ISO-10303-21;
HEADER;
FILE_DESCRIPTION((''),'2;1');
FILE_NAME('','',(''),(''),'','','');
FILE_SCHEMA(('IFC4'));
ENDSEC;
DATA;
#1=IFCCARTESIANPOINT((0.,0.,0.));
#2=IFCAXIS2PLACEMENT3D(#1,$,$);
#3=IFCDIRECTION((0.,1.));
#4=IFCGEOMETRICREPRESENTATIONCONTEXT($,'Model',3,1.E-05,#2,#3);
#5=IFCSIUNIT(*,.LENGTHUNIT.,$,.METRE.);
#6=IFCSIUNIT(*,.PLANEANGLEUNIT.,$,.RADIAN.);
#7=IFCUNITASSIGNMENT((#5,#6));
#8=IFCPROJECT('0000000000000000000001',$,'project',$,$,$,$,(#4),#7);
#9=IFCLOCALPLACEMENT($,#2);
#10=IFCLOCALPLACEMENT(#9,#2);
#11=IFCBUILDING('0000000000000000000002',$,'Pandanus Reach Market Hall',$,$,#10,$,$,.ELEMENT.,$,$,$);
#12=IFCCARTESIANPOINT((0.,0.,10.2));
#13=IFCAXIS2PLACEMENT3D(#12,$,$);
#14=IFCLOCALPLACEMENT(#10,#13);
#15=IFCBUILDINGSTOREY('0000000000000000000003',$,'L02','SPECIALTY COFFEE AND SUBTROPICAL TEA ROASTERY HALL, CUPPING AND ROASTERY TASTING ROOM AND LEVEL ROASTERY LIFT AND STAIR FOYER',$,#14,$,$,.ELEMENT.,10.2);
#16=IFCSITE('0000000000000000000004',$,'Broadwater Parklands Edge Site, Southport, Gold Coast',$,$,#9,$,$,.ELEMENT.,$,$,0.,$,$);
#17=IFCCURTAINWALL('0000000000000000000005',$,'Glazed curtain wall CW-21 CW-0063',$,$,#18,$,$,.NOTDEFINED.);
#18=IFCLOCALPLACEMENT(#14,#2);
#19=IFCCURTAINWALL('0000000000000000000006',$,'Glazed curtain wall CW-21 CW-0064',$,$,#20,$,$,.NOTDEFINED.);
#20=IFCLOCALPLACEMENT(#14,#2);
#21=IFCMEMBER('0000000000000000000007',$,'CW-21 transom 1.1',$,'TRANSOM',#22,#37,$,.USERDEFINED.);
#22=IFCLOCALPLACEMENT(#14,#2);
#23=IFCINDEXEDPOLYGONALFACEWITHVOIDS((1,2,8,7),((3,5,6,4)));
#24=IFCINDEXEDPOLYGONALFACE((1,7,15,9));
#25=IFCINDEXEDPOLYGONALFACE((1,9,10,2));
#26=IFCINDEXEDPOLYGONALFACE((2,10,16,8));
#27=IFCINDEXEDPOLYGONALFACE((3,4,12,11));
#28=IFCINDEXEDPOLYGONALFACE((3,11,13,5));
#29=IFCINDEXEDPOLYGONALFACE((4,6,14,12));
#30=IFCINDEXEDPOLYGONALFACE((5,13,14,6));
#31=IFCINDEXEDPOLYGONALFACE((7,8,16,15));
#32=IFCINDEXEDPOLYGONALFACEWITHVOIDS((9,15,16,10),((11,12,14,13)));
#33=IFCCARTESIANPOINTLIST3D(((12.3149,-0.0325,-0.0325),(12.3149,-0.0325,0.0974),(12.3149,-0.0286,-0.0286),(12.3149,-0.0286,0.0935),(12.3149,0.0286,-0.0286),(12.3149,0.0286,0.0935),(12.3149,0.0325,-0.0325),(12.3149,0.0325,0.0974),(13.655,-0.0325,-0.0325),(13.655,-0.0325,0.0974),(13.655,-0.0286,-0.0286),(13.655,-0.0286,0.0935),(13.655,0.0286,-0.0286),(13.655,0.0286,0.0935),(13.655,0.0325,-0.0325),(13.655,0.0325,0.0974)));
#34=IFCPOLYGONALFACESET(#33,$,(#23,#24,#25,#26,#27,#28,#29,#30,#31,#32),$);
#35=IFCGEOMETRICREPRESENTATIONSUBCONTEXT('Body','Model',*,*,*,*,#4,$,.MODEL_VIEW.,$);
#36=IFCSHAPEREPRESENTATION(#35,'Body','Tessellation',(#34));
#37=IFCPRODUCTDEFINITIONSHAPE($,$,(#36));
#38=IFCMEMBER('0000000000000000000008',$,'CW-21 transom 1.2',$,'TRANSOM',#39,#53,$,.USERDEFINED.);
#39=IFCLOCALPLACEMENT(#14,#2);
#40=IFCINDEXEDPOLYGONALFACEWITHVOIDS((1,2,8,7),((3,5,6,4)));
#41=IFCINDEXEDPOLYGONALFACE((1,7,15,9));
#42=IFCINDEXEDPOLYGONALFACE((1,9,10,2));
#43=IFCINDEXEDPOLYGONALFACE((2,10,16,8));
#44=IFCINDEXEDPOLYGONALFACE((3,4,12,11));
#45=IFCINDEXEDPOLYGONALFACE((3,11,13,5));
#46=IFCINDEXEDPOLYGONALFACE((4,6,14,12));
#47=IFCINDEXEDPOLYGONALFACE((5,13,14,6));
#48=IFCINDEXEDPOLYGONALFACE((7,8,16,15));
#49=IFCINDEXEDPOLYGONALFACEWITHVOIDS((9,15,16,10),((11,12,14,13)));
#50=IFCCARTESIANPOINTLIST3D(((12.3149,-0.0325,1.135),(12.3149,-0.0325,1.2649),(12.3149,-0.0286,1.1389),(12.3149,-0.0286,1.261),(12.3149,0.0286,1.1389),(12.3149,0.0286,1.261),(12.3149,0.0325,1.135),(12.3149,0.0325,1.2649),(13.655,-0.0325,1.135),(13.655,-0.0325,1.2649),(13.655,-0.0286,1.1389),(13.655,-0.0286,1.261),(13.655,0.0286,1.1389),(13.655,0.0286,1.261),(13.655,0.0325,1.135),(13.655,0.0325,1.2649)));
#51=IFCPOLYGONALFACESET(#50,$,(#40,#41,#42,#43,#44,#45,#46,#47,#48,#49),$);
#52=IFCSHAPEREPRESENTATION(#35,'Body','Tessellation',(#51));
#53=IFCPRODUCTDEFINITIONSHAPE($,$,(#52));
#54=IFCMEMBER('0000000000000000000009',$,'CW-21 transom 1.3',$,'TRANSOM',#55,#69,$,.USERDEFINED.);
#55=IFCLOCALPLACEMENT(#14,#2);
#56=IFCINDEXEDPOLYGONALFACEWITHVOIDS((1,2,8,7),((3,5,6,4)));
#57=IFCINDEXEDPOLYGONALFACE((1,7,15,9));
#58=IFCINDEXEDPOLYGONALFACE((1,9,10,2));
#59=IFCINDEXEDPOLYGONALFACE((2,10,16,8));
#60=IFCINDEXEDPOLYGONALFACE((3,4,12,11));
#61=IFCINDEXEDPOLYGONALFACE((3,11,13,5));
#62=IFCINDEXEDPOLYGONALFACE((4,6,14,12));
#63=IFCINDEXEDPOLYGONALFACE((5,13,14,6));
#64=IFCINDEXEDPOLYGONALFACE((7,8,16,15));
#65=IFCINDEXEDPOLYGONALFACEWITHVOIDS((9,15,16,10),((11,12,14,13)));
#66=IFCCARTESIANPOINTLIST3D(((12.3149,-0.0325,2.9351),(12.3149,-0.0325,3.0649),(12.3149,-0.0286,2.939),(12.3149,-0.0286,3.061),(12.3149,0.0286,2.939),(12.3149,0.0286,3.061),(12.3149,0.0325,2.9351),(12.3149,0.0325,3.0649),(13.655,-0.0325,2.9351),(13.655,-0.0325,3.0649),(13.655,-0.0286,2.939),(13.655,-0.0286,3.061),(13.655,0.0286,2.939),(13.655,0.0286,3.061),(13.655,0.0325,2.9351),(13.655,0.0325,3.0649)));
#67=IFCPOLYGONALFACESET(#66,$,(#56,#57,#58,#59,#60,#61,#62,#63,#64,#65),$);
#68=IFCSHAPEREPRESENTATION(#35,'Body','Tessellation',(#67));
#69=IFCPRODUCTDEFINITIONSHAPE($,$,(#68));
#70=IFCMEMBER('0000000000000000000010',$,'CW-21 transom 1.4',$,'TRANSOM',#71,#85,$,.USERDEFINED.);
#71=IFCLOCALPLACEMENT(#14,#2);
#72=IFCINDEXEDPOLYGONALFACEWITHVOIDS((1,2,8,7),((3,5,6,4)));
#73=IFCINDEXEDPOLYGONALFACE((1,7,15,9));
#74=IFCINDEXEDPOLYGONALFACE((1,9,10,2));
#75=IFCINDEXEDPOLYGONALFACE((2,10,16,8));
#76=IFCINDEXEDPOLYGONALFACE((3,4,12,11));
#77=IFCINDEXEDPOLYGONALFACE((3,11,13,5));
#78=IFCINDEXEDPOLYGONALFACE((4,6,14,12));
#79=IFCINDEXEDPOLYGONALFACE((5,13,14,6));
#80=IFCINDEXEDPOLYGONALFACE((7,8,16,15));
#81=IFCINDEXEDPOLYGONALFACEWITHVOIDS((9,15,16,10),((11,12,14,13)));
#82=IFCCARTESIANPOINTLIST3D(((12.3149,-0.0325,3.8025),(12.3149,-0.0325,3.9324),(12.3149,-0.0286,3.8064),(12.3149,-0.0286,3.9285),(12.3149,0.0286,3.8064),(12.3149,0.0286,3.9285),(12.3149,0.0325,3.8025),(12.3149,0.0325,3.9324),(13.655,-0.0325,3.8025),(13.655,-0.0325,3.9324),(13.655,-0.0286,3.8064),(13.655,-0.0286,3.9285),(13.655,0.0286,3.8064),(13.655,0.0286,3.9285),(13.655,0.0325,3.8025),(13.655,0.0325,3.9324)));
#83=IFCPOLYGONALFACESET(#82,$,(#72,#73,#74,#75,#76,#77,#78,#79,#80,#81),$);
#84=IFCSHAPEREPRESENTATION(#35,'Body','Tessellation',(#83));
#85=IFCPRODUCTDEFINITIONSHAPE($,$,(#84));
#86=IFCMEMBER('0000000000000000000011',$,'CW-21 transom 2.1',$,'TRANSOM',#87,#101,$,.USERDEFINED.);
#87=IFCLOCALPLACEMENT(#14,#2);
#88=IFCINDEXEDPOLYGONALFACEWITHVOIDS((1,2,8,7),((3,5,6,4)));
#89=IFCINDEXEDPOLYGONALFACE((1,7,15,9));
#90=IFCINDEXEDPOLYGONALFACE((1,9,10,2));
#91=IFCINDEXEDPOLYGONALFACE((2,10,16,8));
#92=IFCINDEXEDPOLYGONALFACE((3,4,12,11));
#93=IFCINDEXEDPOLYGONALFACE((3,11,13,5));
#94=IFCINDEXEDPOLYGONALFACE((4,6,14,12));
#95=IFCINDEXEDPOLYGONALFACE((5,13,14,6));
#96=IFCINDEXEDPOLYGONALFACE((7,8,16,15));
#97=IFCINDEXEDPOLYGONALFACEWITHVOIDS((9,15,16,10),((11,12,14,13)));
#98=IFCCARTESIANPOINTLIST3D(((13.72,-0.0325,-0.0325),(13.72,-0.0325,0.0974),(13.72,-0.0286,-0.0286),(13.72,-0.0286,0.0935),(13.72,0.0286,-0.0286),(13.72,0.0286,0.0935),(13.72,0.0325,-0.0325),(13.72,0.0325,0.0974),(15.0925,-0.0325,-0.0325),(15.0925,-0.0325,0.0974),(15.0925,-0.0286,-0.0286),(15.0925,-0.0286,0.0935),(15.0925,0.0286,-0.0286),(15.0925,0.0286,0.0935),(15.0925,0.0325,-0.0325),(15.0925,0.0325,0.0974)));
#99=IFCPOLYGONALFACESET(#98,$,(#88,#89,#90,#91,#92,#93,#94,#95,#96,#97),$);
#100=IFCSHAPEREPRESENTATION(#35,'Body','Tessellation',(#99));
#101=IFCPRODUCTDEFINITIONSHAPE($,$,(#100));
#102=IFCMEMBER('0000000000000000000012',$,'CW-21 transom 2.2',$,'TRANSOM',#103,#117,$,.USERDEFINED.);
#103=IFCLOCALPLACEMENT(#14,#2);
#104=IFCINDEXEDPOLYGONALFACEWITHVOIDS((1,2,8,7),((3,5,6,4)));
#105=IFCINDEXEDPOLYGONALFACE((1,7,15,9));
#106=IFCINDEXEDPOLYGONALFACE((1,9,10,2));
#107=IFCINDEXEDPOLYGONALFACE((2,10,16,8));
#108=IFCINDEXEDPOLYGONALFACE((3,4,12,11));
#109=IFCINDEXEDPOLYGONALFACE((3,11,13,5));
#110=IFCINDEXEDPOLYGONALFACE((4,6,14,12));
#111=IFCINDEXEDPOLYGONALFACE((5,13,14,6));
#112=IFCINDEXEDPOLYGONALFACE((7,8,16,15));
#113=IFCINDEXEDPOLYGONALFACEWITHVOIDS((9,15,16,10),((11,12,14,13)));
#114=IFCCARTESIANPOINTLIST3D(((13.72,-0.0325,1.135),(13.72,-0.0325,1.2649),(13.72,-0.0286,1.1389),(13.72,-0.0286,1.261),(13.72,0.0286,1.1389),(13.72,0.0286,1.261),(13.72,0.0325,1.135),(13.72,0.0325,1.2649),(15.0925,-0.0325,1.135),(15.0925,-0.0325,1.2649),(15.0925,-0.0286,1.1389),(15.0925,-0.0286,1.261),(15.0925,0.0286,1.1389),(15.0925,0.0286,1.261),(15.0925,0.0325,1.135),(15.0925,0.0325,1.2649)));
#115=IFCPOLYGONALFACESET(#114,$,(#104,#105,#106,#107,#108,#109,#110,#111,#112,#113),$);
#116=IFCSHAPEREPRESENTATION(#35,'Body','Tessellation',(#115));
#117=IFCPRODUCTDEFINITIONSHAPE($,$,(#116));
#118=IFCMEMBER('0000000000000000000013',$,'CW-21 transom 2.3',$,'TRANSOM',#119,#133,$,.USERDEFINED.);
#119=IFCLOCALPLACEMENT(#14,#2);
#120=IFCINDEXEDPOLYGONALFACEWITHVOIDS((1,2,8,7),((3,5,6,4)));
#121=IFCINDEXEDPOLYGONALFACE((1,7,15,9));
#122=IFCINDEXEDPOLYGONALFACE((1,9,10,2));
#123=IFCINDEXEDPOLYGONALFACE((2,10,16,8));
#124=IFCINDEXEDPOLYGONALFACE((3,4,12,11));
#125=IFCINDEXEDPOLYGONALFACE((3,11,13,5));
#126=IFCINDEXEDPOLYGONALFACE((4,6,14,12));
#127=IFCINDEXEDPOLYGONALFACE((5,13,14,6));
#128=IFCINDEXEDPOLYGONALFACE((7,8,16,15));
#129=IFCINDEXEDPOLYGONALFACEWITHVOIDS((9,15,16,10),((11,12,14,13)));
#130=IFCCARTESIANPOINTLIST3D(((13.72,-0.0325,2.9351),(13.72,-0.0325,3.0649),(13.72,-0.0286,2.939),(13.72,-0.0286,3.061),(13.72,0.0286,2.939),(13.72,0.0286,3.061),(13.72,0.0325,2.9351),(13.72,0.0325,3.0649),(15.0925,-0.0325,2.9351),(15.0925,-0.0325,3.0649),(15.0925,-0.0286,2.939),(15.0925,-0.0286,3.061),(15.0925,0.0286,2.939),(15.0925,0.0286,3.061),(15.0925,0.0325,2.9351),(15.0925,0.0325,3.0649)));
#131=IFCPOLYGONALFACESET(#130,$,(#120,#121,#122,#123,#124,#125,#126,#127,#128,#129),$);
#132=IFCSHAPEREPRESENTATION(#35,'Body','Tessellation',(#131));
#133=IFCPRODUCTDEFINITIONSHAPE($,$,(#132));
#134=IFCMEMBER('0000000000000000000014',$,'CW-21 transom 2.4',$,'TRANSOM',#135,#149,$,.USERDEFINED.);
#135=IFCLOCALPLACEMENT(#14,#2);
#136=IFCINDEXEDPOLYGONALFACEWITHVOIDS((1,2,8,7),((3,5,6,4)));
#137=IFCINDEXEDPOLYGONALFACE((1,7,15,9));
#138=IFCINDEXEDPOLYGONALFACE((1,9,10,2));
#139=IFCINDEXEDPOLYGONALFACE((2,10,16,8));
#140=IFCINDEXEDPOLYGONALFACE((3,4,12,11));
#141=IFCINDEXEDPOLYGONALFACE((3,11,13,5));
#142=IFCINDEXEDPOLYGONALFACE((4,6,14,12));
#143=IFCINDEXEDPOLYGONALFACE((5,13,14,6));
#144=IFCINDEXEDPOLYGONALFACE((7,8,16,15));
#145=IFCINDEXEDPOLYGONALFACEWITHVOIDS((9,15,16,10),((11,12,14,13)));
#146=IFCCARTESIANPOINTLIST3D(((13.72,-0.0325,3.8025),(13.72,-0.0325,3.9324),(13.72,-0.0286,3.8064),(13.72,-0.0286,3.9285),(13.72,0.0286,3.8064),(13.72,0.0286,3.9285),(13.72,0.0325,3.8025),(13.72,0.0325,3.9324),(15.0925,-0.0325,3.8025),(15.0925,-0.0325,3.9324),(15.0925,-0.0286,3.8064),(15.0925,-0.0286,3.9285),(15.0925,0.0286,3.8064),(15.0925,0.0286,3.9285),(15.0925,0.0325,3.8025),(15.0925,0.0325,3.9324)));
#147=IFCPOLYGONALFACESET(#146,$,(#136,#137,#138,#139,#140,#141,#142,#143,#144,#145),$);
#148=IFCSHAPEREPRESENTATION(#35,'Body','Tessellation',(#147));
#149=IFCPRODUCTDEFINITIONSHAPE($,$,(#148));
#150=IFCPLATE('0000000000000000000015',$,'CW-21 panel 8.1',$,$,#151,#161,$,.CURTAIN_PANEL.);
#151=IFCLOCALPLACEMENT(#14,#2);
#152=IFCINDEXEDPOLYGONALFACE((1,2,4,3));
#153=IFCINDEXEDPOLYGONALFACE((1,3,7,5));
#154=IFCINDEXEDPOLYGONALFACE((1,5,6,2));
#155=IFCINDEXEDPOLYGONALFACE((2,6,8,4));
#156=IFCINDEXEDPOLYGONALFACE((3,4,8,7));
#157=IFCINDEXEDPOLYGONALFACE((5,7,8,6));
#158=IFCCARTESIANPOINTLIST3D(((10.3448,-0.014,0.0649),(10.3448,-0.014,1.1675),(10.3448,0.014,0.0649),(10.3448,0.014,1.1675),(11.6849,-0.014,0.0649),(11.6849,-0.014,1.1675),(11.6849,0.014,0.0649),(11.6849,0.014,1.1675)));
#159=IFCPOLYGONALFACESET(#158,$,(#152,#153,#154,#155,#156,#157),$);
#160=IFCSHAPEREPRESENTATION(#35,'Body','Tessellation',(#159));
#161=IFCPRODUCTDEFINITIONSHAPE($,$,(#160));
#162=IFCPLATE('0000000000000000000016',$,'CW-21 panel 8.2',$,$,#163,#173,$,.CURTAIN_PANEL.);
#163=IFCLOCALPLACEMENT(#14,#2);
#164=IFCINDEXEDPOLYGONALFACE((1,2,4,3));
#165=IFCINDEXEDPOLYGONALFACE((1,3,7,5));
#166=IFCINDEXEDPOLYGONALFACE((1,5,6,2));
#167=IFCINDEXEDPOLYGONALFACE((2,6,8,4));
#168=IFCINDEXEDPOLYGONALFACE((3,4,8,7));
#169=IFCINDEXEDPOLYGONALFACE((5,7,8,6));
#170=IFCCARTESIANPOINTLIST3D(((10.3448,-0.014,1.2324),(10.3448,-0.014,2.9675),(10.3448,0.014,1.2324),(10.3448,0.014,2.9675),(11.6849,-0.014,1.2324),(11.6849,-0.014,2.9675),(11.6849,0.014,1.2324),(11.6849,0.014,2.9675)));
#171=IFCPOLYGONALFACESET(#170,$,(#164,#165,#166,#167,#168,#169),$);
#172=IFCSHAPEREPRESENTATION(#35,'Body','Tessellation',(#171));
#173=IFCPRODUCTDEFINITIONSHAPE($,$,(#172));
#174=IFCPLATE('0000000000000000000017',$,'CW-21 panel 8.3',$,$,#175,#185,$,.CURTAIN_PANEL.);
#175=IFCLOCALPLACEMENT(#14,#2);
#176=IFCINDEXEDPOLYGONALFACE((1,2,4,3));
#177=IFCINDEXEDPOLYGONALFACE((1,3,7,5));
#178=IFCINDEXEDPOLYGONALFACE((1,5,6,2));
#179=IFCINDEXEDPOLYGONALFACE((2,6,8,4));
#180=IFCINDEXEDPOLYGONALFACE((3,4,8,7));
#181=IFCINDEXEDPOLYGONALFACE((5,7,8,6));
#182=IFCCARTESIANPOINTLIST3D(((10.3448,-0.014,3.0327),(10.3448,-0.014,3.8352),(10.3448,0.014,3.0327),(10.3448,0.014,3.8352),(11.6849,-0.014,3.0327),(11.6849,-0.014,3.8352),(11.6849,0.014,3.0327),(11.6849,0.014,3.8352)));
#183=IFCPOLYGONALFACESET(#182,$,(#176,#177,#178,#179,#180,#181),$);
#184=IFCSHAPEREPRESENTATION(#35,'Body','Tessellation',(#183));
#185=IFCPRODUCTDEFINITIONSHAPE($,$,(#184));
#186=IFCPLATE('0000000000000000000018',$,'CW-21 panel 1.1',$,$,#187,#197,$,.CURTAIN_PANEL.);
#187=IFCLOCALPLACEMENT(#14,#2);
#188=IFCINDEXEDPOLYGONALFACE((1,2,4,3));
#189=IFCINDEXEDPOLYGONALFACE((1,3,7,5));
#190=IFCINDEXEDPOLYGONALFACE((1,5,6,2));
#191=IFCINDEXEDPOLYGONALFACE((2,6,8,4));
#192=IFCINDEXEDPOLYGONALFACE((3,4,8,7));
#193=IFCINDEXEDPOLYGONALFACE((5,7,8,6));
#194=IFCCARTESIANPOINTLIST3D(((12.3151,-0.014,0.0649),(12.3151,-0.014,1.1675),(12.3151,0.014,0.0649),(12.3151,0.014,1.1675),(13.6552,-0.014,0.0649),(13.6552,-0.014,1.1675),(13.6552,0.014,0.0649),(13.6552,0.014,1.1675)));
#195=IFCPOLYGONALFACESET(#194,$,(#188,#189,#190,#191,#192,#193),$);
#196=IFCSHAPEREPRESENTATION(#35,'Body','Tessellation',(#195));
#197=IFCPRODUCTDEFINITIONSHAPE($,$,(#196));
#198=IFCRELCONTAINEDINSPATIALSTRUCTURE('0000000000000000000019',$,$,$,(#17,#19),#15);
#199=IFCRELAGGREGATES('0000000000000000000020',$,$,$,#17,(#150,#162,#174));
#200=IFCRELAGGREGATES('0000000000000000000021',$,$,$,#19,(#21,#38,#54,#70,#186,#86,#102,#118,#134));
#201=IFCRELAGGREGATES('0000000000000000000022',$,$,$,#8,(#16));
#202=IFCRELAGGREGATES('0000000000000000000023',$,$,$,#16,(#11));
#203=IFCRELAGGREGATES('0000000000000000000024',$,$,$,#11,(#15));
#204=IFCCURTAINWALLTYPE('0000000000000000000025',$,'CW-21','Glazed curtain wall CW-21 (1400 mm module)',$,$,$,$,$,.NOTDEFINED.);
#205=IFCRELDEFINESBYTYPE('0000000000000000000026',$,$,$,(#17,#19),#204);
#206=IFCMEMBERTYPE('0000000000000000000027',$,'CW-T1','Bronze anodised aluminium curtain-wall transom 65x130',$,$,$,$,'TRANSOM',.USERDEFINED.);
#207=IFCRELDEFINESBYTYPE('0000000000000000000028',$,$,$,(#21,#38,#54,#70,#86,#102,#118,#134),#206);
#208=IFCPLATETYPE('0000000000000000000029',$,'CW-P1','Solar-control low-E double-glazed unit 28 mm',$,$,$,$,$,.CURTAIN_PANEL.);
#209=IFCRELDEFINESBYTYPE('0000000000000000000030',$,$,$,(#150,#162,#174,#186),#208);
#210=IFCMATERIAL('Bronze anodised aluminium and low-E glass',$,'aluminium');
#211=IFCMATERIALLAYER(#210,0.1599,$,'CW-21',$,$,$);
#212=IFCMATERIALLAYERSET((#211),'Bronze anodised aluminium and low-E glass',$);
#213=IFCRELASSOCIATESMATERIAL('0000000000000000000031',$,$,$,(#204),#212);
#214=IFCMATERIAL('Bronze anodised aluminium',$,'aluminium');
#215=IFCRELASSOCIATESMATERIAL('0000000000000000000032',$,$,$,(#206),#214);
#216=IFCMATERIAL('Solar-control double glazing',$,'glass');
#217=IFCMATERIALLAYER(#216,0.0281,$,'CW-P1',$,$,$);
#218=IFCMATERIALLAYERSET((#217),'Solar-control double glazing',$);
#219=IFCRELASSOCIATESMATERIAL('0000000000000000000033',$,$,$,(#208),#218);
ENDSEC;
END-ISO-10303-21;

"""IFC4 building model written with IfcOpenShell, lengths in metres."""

from ifc_helpers import new_model, si_unit, direction, frame, origin, origin_2d, place, context, subcontext, project, spatial, rectangle, hollow_rectangle, extrude, material, layer, layer_set, material_profile, profile_set, type_object, element, aggregate, save


model = new_model("IFC4")

# Units and contexts
model_context = context("Model", 3, precision=1e-05, world=origin(), true_north=direction((0.0, 1.0)))
body_context = subcontext(model_context, "Body", "Model", "MODEL_VIEW")
ifc_project = project(units=[si_unit("LENGTHUNIT", "METRE"), si_unit("PLANEANGLEUNIT", "RADIAN")], contexts=[model_context])

# Site, building, storey
site_placement = place(None, origin())
site = spatial("IfcSite", under=ifc_project, at=site_placement, Name="Broadwater Parklands Edge Site, Southport, Gold Coast", CompositionType="ELEMENT", RefElevation=0.0)
building_placement = place(site_placement, origin())
building = spatial("IfcBuilding", under=site, at=building_placement, Name="Pandanus Reach Market Hall", CompositionType="ELEMENT")
storey_placement = place(building_placement, frame((0.0, 0.0, 10.2)))
storey = spatial("IfcBuildingStorey", under=building, at=storey_placement, Name="L02", Description="SPECIALTY COFFEE AND SUBTROPICAL TEA ROASTERY HALL, CUPPING AND ROASTERY TASTING ROOM AND LEVEL ROASTERY LIFT AND STAIR FOYER", CompositionType="ELEMENT", Elevation=10.2)

# Curtain walls
ifc_material_1 = material(Name="Bronze anodised aluminium and low-E glass", Category="aluminium")
ifc_layer_1 = layer(ifc_material_1, 0.1599, Name="CW-21")
ifc_layer_set_1 = layer_set([ifc_layer_1], Name="Bronze anodised aluminium and low-E glass")
curtain_wall_type = type_object("IfcCurtainWallType", Name="CW-21", Description="Glazed curtain wall CW-21 (1400 mm module)", PredefinedType="NOTDEFINED", material=ifc_layer_set_1)
curtain_wall_1_placement = place(storey_placement, origin())
curtain_wall_1 = element("IfcCurtainWall", 1, at=curtain_wall_1_placement, inside=storey, type_object=curtain_wall_type, Name="Glazed curtain wall CW-21 CW-0063", PredefinedType="NOTDEFINED")
ifc_material_2 = material(Name="Bronze anodised aluminium", Category="aluminium")
curtain_wall_2_placement = place(storey_placement, origin())
curtain_wall_2 = element("IfcCurtainWall", 2, at=curtain_wall_2_placement, inside=storey, type_object=curtain_wall_type, Name="Glazed curtain wall CW-21 CW-0064", PredefinedType="NOTDEFINED")

# Members
ifc_material_profile_1 = material_profile(ifc_material_2, hollow_rectangle(XDim=0.0649, YDim=0.1299, WallThickness=0.0039, at=origin_2d()), Name="ALU65x130", Category="LoadBearing")
ifc_profile_set_1 = profile_set([ifc_material_profile_1], Name="Bronze anodised aluminium")
member_type_1 = type_object("IfcMemberType", Name="CW-T1", Description="Bronze anodised aluminium curtain-wall transom 65x130", ElementType="TRANSOM", PredefinedType="USERDEFINED", material=ifc_profile_set_1)
member_1_placement = place(storey_placement, frame((12.3149, 0.0, 0.0325), z_axis=(1.0, 0.0, 0.0), x_axis=(0.0, 1.0, 0.0)))
member_1 = element("IfcMember", 3, at=member_1_placement, type_object=member_type_1, Name="CW-21 transom 1.1", ObjectType="TRANSOM", PredefinedType="USERDEFINED", context=body_context, shape_type="SweptSolid", body=[
    extrude(hollow_rectangle(XDim=0.0649, YDim=0.1299, WallThickness=0.0039, at=origin_2d()), origin(), (0.0, 0.0, 1.0), 1.3401),
])
member_2_placement = place(storey_placement, frame((12.3149, 0.0, 1.2), z_axis=(1.0, 0.0, 0.0), x_axis=(0.0, 1.0, 0.0)))
member_2 = element("IfcMember", 4, at=member_2_placement, type_object=member_type_1, Name="CW-21 transom 1.2", ObjectType="TRANSOM", PredefinedType="USERDEFINED", context=body_context, shape_type="SweptSolid", body=[
    extrude(hollow_rectangle(XDim=0.0649, YDim=0.1299, WallThickness=0.0039, at=origin_2d()), origin(), (0.0, 0.0, 1.0), 1.3401),
])
member_3_placement = place(storey_placement, frame((12.3149, 0.0, 3.0), z_axis=(1.0, 0.0, 0.0), x_axis=(0.0, 1.0, 0.0)))
member_3 = element("IfcMember", 5, at=member_3_placement, type_object=member_type_1, Name="CW-21 transom 1.3", ObjectType="TRANSOM", PredefinedType="USERDEFINED", context=body_context, shape_type="SweptSolid", body=[
    extrude(hollow_rectangle(XDim=0.0649, YDim=0.1299, WallThickness=0.0039, at=origin_2d()), origin(), (0.0, 0.0, 1.0), 1.3401),
])
member_4_placement = place(storey_placement, frame((12.3149, 0.0, 3.8674), z_axis=(1.0, 0.0, 0.0), x_axis=(0.0, 1.0, 0.0)))
member_4 = element("IfcMember", 6, at=member_4_placement, type_object=member_type_1, Name="CW-21 transom 1.4", ObjectType="TRANSOM", PredefinedType="USERDEFINED", context=body_context, shape_type="SweptSolid", body=[
    extrude(hollow_rectangle(XDim=0.0649, YDim=0.1299, WallThickness=0.0039, at=origin_2d()), origin(), (0.0, 0.0, 1.0), 1.3401),
])
member_5_placement = place(storey_placement, frame((13.72, 0.0, 0.0325), z_axis=(1.0, 0.0, 0.0), x_axis=(0.0, 1.0, 0.0)))
member_5 = element("IfcMember", 7, at=member_5_placement, type_object=member_type_1, Name="CW-21 transom 2.1", ObjectType="TRANSOM", PredefinedType="USERDEFINED", context=body_context, shape_type="SweptSolid", body=[
    extrude(hollow_rectangle(XDim=0.0649, YDim=0.1299, WallThickness=0.0039, at=origin_2d()), origin(), (0.0, 0.0, 1.0), 1.3726),
])
member_6_placement = place(storey_placement, frame((13.72, 0.0, 1.2), z_axis=(1.0, 0.0, 0.0), x_axis=(0.0, 1.0, 0.0)))
member_6 = element("IfcMember", 8, at=member_6_placement, type_object=member_type_1, Name="CW-21 transom 2.2", ObjectType="TRANSOM", PredefinedType="USERDEFINED", context=body_context, shape_type="SweptSolid", body=[
    extrude(hollow_rectangle(XDim=0.0649, YDim=0.1299, WallThickness=0.0039, at=origin_2d()), origin(), (0.0, 0.0, 1.0), 1.3726),
])
member_7_placement = place(storey_placement, frame((13.72, 0.0, 3.0), z_axis=(1.0, 0.0, 0.0), x_axis=(0.0, 1.0, 0.0)))
member_7 = element("IfcMember", 9, at=member_7_placement, type_object=member_type_1, Name="CW-21 transom 2.3", ObjectType="TRANSOM", PredefinedType="USERDEFINED", context=body_context, shape_type="SweptSolid", body=[
    extrude(hollow_rectangle(XDim=0.0649, YDim=0.1299, WallThickness=0.0039, at=origin_2d()), origin(), (0.0, 0.0, 1.0), 1.3726),
])
member_8_placement = place(storey_placement, frame((13.72, 0.0, 3.8674), z_axis=(1.0, 0.0, 0.0), x_axis=(0.0, 1.0, 0.0)))
member_8 = element("IfcMember", 10, at=member_8_placement, type_object=member_type_1, Name="CW-21 transom 2.4", ObjectType="TRANSOM", PredefinedType="USERDEFINED", context=body_context, shape_type="SweptSolid", body=[
    extrude(hollow_rectangle(XDim=0.0649, YDim=0.1299, WallThickness=0.0039, at=origin_2d()), origin(), (0.0, 0.0, 1.0), 1.3726),
])

# Plates
ifc_material_3 = material(Name="Solar-control double glazing", Category="glass")
ifc_layer_2 = layer(ifc_material_3, 0.0281, Name="CW-P1")
ifc_layer_set_2 = layer_set([ifc_layer_2], Name="Solar-control double glazing")
plate_type = type_object("IfcPlateType", Name="CW-P1", Description="Solar-control low-E double-glazed unit 28 mm", PredefinedType="CURTAIN_PANEL", material=ifc_layer_set_2)
plate_1_placement = place(storey_placement, frame((11.0149, 0.0, 0.0649), z_axis=(0.0, 0.0, 1.0), x_axis=(1.0, 0.0, 0.0)))
plate_1 = element("IfcPlate", 11, at=plate_1_placement, type_object=plate_type, Name="CW-21 panel 8.1", PredefinedType="CURTAIN_PANEL", context=body_context, shape_type="SweptSolid", body=[
    extrude(rectangle(XDim=1.3401, YDim=0.0281, at=origin_2d()), origin(), (0.0, 0.0, 1.0), 1.1025),
])
plate_2_placement = place(storey_placement, frame((11.0149, 0.0, 1.2324), z_axis=(0.0, 0.0, 1.0), x_axis=(1.0, 0.0, 0.0)))
plate_2 = element("IfcPlate", 12, at=plate_2_placement, type_object=plate_type, Name="CW-21 panel 8.2", PredefinedType="CURTAIN_PANEL", context=body_context, shape_type="SweptSolid", body=[
    extrude(rectangle(XDim=1.3401, YDim=0.0281, at=origin_2d()), origin(), (0.0, 0.0, 1.0), 1.7351),
])
plate_3_placement = place(storey_placement, frame((11.0149, 0.0, 3.0327), z_axis=(0.0, 0.0, 1.0), x_axis=(1.0, 0.0, 0.0)))
plate_3 = element("IfcPlate", 13, at=plate_3_placement, type_object=plate_type, Name="CW-21 panel 8.3", PredefinedType="CURTAIN_PANEL", context=body_context, shape_type="SweptSolid", body=[
    extrude(rectangle(XDim=1.3401, YDim=0.0281, at=origin_2d()), origin(), (0.0, 0.0, 1.0), 0.8025),
])
aggregate(curtain_wall_1, [plate_1, plate_2, plate_3])
plate_4_placement = place(storey_placement, frame((12.9851, 0.0, 0.0649), z_axis=(0.0, 0.0, 1.0), x_axis=(1.0, 0.0, 0.0)))
plate_4 = element("IfcPlate", 14, at=plate_4_placement, type_object=plate_type, Name="CW-21 panel 1.1", PredefinedType="CURTAIN_PANEL", context=body_context, shape_type="SweptSolid", body=[
    extrude(rectangle(XDim=1.3401, YDim=0.0281, at=origin_2d()), origin(), (0.0, 0.0, 1.0), 1.1025),
])
aggregate(curtain_wall_2, [member_1, member_2, member_3, member_4, plate_4, member_5, member_6, member_7, member_8])

save(model, "model.ifc")
